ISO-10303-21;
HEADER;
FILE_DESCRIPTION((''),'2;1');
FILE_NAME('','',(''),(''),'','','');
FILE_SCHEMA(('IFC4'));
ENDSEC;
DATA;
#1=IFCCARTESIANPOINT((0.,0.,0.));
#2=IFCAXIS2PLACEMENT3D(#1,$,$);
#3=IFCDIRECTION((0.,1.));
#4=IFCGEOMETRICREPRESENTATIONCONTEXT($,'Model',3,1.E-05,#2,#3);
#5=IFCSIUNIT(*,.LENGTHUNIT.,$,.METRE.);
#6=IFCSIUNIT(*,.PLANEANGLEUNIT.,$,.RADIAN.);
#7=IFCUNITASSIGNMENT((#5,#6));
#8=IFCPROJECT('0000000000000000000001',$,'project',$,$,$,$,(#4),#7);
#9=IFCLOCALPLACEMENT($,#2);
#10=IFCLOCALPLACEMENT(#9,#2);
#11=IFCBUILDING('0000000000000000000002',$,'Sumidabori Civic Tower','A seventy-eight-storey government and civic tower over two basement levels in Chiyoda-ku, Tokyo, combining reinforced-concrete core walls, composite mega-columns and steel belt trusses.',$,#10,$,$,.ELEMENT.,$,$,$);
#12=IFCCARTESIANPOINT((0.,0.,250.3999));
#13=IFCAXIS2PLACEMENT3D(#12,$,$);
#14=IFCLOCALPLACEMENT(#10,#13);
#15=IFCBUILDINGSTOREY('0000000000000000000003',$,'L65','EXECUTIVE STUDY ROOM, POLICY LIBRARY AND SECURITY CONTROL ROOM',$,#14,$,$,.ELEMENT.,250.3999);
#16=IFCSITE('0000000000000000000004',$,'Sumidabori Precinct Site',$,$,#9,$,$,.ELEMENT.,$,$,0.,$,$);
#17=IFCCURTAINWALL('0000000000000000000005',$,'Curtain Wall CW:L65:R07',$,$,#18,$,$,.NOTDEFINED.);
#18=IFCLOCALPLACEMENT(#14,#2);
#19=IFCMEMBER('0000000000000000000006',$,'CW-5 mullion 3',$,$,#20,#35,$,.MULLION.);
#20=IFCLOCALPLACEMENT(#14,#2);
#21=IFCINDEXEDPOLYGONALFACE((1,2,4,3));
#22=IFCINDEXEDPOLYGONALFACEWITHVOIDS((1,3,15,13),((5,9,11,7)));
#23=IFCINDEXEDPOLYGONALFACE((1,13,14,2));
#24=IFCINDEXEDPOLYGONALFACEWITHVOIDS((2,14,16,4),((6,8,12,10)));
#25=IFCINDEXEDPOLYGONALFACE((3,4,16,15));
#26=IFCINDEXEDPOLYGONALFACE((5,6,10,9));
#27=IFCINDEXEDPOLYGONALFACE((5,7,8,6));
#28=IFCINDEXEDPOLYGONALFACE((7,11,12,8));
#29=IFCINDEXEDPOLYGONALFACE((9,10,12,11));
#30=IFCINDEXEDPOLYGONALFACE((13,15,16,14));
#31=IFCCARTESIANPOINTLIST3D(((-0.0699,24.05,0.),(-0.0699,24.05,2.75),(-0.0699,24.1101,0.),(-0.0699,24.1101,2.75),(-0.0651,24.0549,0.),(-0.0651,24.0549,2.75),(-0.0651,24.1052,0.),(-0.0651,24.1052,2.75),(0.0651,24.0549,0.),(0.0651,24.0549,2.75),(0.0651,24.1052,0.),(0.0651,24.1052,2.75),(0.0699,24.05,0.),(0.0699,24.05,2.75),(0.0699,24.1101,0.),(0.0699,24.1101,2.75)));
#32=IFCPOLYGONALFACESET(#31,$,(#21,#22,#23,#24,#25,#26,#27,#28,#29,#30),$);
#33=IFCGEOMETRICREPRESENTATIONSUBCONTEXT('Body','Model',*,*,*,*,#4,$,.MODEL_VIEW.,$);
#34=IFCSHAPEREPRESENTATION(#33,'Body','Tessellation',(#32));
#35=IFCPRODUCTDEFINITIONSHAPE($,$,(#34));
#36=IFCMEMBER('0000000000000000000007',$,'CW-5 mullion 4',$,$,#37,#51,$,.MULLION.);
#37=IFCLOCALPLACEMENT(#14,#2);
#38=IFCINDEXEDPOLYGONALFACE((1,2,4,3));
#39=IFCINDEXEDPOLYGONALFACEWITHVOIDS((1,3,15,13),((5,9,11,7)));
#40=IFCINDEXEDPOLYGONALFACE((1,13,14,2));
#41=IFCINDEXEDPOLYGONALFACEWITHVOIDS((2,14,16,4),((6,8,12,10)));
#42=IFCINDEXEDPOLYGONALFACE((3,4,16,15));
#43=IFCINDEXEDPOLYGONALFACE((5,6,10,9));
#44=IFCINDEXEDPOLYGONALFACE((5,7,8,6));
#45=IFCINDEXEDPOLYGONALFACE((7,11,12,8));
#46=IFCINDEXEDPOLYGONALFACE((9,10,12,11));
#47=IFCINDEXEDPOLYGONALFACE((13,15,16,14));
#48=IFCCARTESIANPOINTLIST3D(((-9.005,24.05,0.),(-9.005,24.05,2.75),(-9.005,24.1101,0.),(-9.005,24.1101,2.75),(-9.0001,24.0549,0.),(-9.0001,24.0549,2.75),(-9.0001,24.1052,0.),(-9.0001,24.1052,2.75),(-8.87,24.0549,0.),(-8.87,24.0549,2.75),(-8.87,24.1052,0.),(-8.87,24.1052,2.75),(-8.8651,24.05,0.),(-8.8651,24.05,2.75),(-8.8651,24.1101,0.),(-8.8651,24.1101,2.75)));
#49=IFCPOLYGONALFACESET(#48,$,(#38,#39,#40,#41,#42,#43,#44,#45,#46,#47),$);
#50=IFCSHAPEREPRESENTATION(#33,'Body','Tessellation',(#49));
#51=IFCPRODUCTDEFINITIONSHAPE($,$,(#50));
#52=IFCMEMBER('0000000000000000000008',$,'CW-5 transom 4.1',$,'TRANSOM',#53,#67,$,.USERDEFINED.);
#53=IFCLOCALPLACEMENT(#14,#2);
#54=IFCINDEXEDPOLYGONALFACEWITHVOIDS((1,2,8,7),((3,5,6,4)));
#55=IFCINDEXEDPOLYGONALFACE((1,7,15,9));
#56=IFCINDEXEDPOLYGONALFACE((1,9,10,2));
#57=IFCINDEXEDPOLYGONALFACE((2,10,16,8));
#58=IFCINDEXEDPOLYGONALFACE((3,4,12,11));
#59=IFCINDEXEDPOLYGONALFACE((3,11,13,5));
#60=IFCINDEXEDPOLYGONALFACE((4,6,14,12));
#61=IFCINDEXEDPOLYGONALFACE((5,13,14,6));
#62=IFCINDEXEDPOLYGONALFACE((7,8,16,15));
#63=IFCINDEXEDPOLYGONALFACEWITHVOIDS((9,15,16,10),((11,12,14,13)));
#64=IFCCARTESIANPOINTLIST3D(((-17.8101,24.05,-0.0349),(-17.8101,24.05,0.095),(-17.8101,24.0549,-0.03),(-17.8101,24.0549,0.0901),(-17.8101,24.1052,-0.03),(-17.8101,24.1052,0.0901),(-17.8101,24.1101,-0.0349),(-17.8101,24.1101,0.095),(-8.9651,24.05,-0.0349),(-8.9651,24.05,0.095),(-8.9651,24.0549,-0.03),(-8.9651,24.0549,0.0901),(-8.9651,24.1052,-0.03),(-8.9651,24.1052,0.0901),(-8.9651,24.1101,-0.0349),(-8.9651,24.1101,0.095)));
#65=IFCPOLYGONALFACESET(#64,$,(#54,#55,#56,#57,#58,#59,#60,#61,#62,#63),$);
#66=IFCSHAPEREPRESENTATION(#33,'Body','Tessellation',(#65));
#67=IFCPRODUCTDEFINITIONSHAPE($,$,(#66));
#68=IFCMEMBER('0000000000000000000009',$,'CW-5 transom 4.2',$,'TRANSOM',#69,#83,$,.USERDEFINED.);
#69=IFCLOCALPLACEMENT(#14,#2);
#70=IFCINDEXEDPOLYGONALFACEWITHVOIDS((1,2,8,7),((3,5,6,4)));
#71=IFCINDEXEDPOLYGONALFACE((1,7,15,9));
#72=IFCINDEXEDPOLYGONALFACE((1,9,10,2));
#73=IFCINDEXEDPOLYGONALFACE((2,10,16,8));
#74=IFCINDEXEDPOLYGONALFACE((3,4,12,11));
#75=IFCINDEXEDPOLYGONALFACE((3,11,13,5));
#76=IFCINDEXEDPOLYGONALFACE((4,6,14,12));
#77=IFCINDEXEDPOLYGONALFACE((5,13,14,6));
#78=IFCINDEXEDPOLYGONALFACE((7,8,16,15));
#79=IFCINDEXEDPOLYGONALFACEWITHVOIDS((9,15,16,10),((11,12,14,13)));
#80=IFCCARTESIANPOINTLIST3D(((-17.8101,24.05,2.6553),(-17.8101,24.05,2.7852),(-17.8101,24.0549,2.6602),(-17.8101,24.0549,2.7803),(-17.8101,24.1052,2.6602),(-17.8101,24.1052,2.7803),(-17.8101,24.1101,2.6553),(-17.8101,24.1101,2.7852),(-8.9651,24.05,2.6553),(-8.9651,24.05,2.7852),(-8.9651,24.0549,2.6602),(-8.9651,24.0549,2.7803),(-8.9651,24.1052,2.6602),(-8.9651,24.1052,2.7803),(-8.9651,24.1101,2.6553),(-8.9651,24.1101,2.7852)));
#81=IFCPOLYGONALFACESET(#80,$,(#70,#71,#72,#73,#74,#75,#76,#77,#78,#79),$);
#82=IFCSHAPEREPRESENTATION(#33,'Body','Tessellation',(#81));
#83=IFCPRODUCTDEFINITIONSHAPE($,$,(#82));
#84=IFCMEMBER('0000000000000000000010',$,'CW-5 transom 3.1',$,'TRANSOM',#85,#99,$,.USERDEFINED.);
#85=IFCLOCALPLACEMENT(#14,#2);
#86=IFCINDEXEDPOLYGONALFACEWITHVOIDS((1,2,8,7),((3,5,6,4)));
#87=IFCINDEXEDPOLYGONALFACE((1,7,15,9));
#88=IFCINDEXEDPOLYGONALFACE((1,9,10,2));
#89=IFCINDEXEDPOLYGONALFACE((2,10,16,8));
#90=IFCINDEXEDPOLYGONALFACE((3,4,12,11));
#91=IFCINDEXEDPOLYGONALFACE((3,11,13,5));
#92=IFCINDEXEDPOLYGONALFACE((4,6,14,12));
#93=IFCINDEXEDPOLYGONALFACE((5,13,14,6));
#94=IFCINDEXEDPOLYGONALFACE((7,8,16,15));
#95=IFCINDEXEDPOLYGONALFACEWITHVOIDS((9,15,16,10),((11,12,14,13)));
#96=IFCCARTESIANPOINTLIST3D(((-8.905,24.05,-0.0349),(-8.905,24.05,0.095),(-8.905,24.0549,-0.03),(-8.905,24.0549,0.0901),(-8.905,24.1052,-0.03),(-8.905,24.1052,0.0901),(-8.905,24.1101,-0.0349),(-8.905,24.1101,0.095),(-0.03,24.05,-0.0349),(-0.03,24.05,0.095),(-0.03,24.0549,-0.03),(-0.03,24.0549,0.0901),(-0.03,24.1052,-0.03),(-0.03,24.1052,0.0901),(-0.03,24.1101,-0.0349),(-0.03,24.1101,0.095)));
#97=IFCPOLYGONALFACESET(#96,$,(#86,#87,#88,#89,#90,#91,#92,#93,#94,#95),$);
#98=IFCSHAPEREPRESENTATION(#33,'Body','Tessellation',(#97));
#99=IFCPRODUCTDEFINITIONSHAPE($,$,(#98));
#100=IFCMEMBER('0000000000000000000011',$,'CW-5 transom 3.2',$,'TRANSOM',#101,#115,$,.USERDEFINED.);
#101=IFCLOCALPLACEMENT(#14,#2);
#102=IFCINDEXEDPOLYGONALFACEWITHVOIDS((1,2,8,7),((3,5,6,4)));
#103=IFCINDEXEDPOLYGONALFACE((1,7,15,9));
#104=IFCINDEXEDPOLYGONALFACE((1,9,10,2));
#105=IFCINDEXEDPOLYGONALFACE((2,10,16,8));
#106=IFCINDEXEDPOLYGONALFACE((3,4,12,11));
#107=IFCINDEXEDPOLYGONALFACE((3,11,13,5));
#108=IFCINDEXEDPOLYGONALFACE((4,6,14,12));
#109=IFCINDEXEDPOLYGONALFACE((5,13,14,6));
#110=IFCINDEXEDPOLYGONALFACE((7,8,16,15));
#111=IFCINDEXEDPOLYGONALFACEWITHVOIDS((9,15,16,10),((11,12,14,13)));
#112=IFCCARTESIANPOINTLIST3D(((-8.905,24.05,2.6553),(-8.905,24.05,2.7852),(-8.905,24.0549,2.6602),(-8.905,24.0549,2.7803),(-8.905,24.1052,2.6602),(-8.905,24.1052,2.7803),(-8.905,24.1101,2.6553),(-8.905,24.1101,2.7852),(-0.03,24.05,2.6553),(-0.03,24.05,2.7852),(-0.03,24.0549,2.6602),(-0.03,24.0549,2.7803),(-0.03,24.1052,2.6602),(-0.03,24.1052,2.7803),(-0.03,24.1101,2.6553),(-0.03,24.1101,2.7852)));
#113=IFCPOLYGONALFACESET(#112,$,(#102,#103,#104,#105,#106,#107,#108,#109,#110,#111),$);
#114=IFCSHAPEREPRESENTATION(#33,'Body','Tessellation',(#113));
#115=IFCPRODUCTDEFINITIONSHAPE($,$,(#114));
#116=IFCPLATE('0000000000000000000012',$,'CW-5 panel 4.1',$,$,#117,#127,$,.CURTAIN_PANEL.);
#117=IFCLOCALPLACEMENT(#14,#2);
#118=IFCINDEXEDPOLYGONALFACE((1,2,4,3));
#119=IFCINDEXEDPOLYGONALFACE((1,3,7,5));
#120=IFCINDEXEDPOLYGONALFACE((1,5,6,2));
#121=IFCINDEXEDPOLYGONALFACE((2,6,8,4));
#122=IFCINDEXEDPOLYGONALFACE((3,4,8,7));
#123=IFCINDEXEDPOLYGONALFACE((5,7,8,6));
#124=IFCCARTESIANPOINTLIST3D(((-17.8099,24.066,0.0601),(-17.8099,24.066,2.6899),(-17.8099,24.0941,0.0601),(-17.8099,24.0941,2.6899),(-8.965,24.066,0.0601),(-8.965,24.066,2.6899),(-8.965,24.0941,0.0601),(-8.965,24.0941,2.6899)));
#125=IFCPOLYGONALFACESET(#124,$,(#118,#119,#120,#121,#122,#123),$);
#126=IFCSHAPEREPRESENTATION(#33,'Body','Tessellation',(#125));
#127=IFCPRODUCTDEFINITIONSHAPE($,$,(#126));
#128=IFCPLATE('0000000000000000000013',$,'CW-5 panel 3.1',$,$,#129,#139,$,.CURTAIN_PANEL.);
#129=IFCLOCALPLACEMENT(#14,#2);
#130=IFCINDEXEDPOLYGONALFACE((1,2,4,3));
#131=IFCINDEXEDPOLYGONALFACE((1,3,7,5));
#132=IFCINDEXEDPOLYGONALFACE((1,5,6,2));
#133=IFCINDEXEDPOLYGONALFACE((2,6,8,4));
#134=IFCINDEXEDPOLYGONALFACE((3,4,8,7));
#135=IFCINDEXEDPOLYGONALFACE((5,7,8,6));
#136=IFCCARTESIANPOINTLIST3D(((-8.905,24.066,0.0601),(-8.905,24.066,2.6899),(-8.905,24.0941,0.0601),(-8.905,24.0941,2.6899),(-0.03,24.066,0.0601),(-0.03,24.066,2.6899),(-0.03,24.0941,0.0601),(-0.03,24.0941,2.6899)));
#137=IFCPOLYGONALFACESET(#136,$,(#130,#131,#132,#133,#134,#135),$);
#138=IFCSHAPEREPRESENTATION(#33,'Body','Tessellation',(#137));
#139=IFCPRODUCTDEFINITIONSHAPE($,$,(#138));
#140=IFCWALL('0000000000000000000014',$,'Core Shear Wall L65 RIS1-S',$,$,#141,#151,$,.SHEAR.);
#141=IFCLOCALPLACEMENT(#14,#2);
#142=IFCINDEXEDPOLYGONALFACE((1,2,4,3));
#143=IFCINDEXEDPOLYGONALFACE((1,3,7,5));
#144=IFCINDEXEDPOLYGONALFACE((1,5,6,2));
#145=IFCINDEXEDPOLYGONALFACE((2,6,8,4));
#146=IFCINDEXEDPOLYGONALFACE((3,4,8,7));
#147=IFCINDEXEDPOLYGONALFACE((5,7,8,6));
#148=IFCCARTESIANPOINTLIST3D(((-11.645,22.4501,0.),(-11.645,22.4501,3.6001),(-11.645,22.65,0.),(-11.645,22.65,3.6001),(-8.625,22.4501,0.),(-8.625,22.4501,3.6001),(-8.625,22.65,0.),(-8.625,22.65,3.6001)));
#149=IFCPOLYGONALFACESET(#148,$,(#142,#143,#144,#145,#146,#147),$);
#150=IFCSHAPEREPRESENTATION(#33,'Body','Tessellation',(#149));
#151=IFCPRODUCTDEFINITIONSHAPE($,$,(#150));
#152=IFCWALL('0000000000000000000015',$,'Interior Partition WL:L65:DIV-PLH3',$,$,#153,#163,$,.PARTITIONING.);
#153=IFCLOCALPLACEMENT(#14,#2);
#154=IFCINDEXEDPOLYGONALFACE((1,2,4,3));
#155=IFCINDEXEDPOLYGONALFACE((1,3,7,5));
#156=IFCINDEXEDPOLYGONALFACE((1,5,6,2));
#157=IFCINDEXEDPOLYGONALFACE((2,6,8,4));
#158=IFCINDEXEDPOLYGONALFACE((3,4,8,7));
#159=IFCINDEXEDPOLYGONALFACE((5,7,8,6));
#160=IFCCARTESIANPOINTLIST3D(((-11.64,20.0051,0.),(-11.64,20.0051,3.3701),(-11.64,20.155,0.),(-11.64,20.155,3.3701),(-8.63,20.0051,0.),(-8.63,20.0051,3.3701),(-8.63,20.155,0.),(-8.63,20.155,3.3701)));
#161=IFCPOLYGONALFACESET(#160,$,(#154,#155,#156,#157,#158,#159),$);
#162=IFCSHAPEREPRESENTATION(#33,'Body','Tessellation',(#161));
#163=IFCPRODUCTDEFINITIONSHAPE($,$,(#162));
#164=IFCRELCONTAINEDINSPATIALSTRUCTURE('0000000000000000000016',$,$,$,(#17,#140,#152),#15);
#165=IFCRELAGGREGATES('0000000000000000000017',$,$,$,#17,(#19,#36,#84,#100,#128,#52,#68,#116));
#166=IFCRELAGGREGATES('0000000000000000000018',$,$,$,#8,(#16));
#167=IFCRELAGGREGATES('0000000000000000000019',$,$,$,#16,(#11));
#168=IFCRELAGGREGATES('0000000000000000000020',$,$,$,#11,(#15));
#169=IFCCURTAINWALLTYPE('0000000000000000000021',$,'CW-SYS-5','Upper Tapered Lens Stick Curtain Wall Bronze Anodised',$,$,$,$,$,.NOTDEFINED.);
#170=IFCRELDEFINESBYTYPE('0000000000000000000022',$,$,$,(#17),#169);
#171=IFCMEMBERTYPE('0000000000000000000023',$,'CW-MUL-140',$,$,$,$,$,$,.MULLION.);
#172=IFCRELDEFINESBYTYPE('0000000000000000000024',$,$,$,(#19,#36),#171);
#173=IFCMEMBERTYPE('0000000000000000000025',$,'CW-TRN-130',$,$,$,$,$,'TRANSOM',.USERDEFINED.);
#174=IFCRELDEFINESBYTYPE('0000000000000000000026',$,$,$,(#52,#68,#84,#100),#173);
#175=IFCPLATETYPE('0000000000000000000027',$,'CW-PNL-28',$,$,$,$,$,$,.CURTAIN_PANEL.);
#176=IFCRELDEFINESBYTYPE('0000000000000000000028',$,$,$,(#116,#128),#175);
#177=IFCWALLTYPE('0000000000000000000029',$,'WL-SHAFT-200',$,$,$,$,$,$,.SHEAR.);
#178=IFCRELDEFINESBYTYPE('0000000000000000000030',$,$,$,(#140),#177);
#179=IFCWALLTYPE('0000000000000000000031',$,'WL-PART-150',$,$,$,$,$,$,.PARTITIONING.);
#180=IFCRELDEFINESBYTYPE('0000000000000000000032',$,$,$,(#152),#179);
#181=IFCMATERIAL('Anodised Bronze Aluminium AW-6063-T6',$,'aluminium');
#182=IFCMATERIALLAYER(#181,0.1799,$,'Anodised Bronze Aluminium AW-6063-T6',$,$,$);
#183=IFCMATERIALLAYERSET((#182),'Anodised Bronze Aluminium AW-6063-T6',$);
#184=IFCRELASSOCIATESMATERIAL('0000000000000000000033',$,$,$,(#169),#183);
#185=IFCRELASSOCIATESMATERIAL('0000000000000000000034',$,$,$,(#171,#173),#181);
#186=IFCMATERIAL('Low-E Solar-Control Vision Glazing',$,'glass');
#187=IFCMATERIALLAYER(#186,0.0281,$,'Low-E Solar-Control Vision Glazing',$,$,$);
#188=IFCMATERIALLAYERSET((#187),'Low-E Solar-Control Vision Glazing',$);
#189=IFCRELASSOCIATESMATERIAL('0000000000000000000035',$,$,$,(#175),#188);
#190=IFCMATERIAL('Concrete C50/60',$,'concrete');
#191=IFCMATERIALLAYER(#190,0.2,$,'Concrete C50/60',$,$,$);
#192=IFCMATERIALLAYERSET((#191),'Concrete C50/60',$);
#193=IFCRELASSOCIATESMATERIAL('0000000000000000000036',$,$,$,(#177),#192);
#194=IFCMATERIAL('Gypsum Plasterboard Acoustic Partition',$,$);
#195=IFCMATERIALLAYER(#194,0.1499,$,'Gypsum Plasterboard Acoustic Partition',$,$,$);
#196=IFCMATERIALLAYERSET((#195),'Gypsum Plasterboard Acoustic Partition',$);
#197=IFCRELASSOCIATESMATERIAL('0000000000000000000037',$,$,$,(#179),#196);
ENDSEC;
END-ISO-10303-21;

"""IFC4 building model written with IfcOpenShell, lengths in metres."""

from ifc_helpers import new_model, si_unit, direction, frame, frame_2d, origin, origin_2d, place, context, subcontext, project, spatial, rectangle, hollow_rectangle, extrude, source, transform, mapped, material, layer, layer_set, material_profile, profile_set, type_object, element, aggregate, save


model = new_model("IFC4")

# Units and contexts
model_context = context("Model", 3, precision=1e-05, world=origin(), true_north=direction((0.0, 1.0)))
body_context = subcontext(model_context, "Body", "Model", "MODEL_VIEW")
ifc_project = project(units=[si_unit("LENGTHUNIT", "METRE"), si_unit("PLANEANGLEUNIT", "RADIAN")], contexts=[model_context])

# Site, building, storey
site_placement = place(None, origin())
site = spatial("IfcSite", under=ifc_project, at=site_placement, Name="Sumidabori Precinct Site", CompositionType="ELEMENT", RefElevation=0.0)
building_placement = place(site_placement, origin())
building = spatial("IfcBuilding", under=site, at=building_placement, Name="Sumidabori Civic Tower", Description="A seventy-eight-storey government and civic tower over two basement levels in Chiyoda-ku, Tokyo, combining reinforced-concrete core walls, composite mega-columns and steel belt trusses.", CompositionType="ELEMENT")
storey_placement = place(building_placement, frame((0.0, 0.0, 250.3999)))
storey = spatial("IfcBuildingStorey", under=building, at=storey_placement, Name="L65", Description="EXECUTIVE STUDY ROOM, POLICY LIBRARY AND SECURITY CONTROL ROOM", CompositionType="ELEMENT", Elevation=250.3999)

# Curtain wall, members, plates
ifc_material_1 = material(Name="Anodised Bronze Aluminium AW-6063-T6", Category="aluminium")
ifc_layer_1 = layer(ifc_material_1, 0.1799, Name="Anodised Bronze Aluminium AW-6063-T6")
ifc_layer_set_1 = layer_set([ifc_layer_1], Name="Anodised Bronze Aluminium AW-6063-T6")
curtain_wall_type = type_object("IfcCurtainWallType", Name="CW-SYS-5", Description="Upper Tapered Lens Stick Curtain Wall Bronze Anodised", PredefinedType="NOTDEFINED", material=ifc_layer_set_1)
curtain_wall_placement = place(storey_placement, origin())
curtain_wall = element("IfcCurtainWall", 1, at=curtain_wall_placement, inside=storey, type_object=curtain_wall_type, Name="Curtain Wall CW:L65:R07", PredefinedType="NOTDEFINED")
ifc_material_profile_1 = material_profile(ifc_material_1, hollow_rectangle(XDim=0.0601, YDim=0.1399, WallThickness=0.0049, at=origin_2d()), Name="ALU MULLION 140x60")
ifc_profile_set_1 = profile_set([ifc_material_profile_1], Name="Anodised Bronze Aluminium AW-6063-T6")
member_type_1 = type_object("IfcMemberType", Name="CW-MUL-140", PredefinedType="MULLION", material=ifc_profile_set_1)
shared_shape_1 = source(origin(), body_context, "Body", "SweptSolid", [
    extrude(hollow_rectangle(XDim=0.0601, YDim=0.1399, WallThickness=0.0049, at=origin_2d()), origin(), (0.0, 0.0, 1.0), 2.75),
])
member_1_placement = place(storey_placement, frame((0.0, 24.0801, 0.0), z_axis=(0.0, 0.0, 1.0), x_axis=(0.0, -1.0, 0.0)))
member_1 = element("IfcMember", 2, at=member_1_placement, type_object=member_type_1, Name="CW-5 mullion 3", PredefinedType="MULLION", context=body_context, shape_type="MappedRepresentation", body=[
    mapped(shared_shape_1, transform((0.0, 0.0, 0.0), x_axis=(1.0, 0.0, 0.0), y_axis=(0.0, 1.0, 0.0), z_axis=(0.0, 0.0, 1.0), scale=1.0)),
])
member_2_placement = place(storey_placement, frame((-8.9351, 24.0801, 0.0), z_axis=(0.0, 0.0, 1.0), x_axis=(0.0, -1.0, 0.0)))
member_2 = element("IfcMember", 3, at=member_2_placement, type_object=member_type_1, Name="CW-5 mullion 4", PredefinedType="MULLION", context=body_context, shape_type="MappedRepresentation", body=[
    mapped(shared_shape_1, transform((0.0, 0.0, 0.0), x_axis=(1.0, 0.0, 0.0), y_axis=(0.0, 1.0, 0.0), z_axis=(0.0, 0.0, 1.0), scale=1.0)),
])
ifc_material_profile_2 = material_profile(ifc_material_1, hollow_rectangle(XDim=0.0601, YDim=0.1299, WallThickness=0.0049, at=origin_2d()), Name="ALU TRANSOM 130x60")
ifc_profile_set_2 = profile_set([ifc_material_profile_2], Name="Anodised Bronze Aluminium AW-6063-T6")
member_type_2 = type_object("IfcMemberType", Name="CW-TRN-130", ElementType="TRANSOM", PredefinedType="USERDEFINED", material=ifc_profile_set_2)
shared_shape_2 = source(origin(), body_context, "Body", "SweptSolid", [
    extrude(hollow_rectangle(XDim=0.0601, YDim=0.1299, WallThickness=0.0049, at=origin_2d()), origin(), (0.0, 0.0, 1.0), 8.845),
])
member_3_placement = place(storey_placement, frame((-8.9651, 24.0801, 0.03), z_axis=(-1.0, 0.0, 0.0), x_axis=(0.0, -1.0, 0.0)))
member_3 = element("IfcMember", 4, at=member_3_placement, type_object=member_type_2, Name="CW-5 transom 4.1", ObjectType="TRANSOM", PredefinedType="USERDEFINED", context=body_context, shape_type="MappedRepresentation", body=[
    mapped(shared_shape_2, transform((0.0, 0.0, 0.0), x_axis=(1.0, 0.0, 0.0), y_axis=(0.0, 1.0, 0.0), z_axis=(0.0, 0.0, 1.0), scale=1.0)),
])
member_4_placement = place(storey_placement, frame((-8.9651, 24.0801, 2.7202), z_axis=(-1.0, 0.0, 0.0), x_axis=(0.0, -1.0, 0.0)))
member_4 = element("IfcMember", 5, at=member_4_placement, type_object=member_type_2, Name="CW-5 transom 4.2", ObjectType="TRANSOM", PredefinedType="USERDEFINED", context=body_context, shape_type="MappedRepresentation", body=[
    mapped(shared_shape_2, transform((0.0, 0.0, 0.0), x_axis=(1.0, 0.0, 0.0), y_axis=(0.0, 1.0, 0.0), z_axis=(0.0, 0.0, 1.0), scale=1.0)),
])
shared_shape_3 = source(origin(), body_context, "Body", "SweptSolid", [
    extrude(hollow_rectangle(XDim=0.0601, YDim=0.1299, WallThickness=0.0049, at=origin_2d()), origin(), (0.0, 0.0, 1.0), 8.875),
])
member_5_placement = place(storey_placement, frame((-0.03, 24.0801, 0.03), z_axis=(-1.0, 0.0, 0.0), x_axis=(0.0, -1.0, 0.0)))
member_5 = element("IfcMember", 6, at=member_5_placement, type_object=member_type_2, Name="CW-5 transom 3.1", ObjectType="TRANSOM", PredefinedType="USERDEFINED", context=body_context, shape_type="MappedRepresentation", body=[
    mapped(shared_shape_3, transform((0.0, 0.0, 0.0), x_axis=(1.0, 0.0, 0.0), y_axis=(0.0, 1.0, 0.0), z_axis=(0.0, 0.0, 1.0), scale=1.0)),
])
member_6_placement = place(storey_placement, frame((-0.03, 24.0801, 2.7202), z_axis=(-1.0, 0.0, 0.0), x_axis=(0.0, -1.0, 0.0)))
member_6 = element("IfcMember", 7, at=member_6_placement, type_object=member_type_2, Name="CW-5 transom 3.2", ObjectType="TRANSOM", PredefinedType="USERDEFINED", context=body_context, shape_type="MappedRepresentation", body=[
    mapped(shared_shape_3, transform((0.0, 0.0, 0.0), x_axis=(1.0, 0.0, 0.0), y_axis=(0.0, 1.0, 0.0), z_axis=(0.0, 0.0, 1.0), scale=1.0)),
])
ifc_material_2 = material(Name="Low-E Solar-Control Vision Glazing", Category="glass")
ifc_layer_2 = layer(ifc_material_2, 0.0281, Name="Low-E Solar-Control Vision Glazing")
ifc_layer_set_2 = layer_set([ifc_layer_2], Name="Low-E Solar-Control Vision Glazing")
plate_type = type_object("IfcPlateType", Name="CW-PNL-28", PredefinedType="CURTAIN_PANEL", material=ifc_layer_set_2)
shared_shape_4 = source(origin(), body_context, "Body", "SweptSolid", [
    extrude(rectangle(XDim=8.845, YDim=0.0281, at=origin_2d()), origin(), (0.0, 0.0, 1.0), 2.6299),
])
plate_1_placement = place(storey_placement, frame((-13.3875, 24.0801, 0.0601), z_axis=(0.0, 0.0, 1.0), x_axis=(-1.0, 0.0, 0.0)))
plate_1 = element("IfcPlate", 8, at=plate_1_placement, type_object=plate_type, Name="CW-5 panel 4.1", PredefinedType="CURTAIN_PANEL", context=body_context, shape_type="MappedRepresentation", body=[
    mapped(shared_shape_4, transform((0.0, 0.0, 0.0), x_axis=(1.0, 0.0, 0.0), y_axis=(0.0, 1.0, 0.0), z_axis=(0.0, 0.0, 1.0), scale=1.0)),
])
shared_shape_5 = source(origin(), body_context, "Body", "SweptSolid", [
    extrude(rectangle(XDim=8.875, YDim=0.0281, at=origin_2d()), origin(), (0.0, 0.0, 1.0), 2.6299),
])
plate_2_placement = place(storey_placement, frame((-4.4675, 24.0801, 0.0601), z_axis=(0.0, 0.0, 1.0), x_axis=(-1.0, 0.0, 0.0)))
plate_2 = element("IfcPlate", 9, at=plate_2_placement, type_object=plate_type, Name="CW-5 panel 3.1", PredefinedType="CURTAIN_PANEL", context=body_context, shape_type="MappedRepresentation", body=[
    mapped(shared_shape_5, transform((0.0, 0.0, 0.0), x_axis=(1.0, 0.0, 0.0), y_axis=(0.0, 1.0, 0.0), z_axis=(0.0, 0.0, 1.0), scale=1.0)),
])
aggregate(curtain_wall, [member_1, member_2, member_5, member_6, plate_2, member_3, member_4, plate_1])

# Walls
ifc_material_3 = material(Name="Concrete C50/60", Category="concrete")
ifc_layer_3 = layer(ifc_material_3, 0.2, Name="Concrete C50/60")
ifc_layer_set_3 = layer_set([ifc_layer_3], Name="Concrete C50/60")
wall_type_1 = type_object("IfcWallType", Name="WL-SHAFT-200", PredefinedType="SHEAR", material=ifc_layer_set_3)
shared_shape_6 = source(origin(), body_context, "Body", "SweptSolid", [
    extrude(rectangle(XDim=3.02, YDim=0.2, at=frame_2d((1.51, 0.0))), origin(), (0.0, 0.0, 1.0), 3.6001),
])
wall_1_placement = place(storey_placement, frame((-11.645, 22.55, 0.0), z_axis=(0.0, 0.0, 1.0), x_axis=(1.0, 0.0, 0.0)))
element("IfcWall", 10, at=wall_1_placement, inside=storey, type_object=wall_type_1, Name="Core Shear Wall L65 RIS1-S", PredefinedType="SHEAR", context=body_context, shape_type="MappedRepresentation", body=[
    mapped(shared_shape_6, transform((0.0, 0.0, 0.0), x_axis=(1.0, 0.0, 0.0), y_axis=(0.0, 1.0, 0.0), z_axis=(0.0, 0.0, 1.0), scale=1.0)),
])
ifc_material_4 = material(Name="Gypsum Plasterboard Acoustic Partition")
ifc_layer_4 = layer(ifc_material_4, 0.1499, Name="Gypsum Plasterboard Acoustic Partition")
ifc_layer_set_4 = layer_set([ifc_layer_4], Name="Gypsum Plasterboard Acoustic Partition")
wall_type_2 = type_object("IfcWallType", Name="WL-PART-150", PredefinedType="PARTITIONING", material=ifc_layer_set_4)
shared_shape_7 = source(origin(), body_context, "Body", "SweptSolid", [
    extrude(rectangle(XDim=3.01, YDim=0.1499, at=frame_2d((1.5049, 0.0))), origin(), (0.0, 0.0, 1.0), 3.3701),
])
wall_2_placement = place(storey_placement, frame((-11.6399, 20.0801, 0.0), z_axis=(0.0, 0.0, 1.0), x_axis=(1.0, 0.0, 0.0)))
element("IfcWall", 11, at=wall_2_placement, inside=storey, type_object=wall_type_2, Name="Interior Partition WL:L65:DIV-PLH3", PredefinedType="PARTITIONING", context=body_context, shape_type="MappedRepresentation", body=[
    mapped(shared_shape_7, transform((0.0, 0.0, 0.0), x_axis=(1.0, 0.0, 0.0), y_axis=(0.0, 1.0, 0.0), z_axis=(0.0, 0.0, 1.0), scale=1.0)),
])

save(model, "model.ifc")
